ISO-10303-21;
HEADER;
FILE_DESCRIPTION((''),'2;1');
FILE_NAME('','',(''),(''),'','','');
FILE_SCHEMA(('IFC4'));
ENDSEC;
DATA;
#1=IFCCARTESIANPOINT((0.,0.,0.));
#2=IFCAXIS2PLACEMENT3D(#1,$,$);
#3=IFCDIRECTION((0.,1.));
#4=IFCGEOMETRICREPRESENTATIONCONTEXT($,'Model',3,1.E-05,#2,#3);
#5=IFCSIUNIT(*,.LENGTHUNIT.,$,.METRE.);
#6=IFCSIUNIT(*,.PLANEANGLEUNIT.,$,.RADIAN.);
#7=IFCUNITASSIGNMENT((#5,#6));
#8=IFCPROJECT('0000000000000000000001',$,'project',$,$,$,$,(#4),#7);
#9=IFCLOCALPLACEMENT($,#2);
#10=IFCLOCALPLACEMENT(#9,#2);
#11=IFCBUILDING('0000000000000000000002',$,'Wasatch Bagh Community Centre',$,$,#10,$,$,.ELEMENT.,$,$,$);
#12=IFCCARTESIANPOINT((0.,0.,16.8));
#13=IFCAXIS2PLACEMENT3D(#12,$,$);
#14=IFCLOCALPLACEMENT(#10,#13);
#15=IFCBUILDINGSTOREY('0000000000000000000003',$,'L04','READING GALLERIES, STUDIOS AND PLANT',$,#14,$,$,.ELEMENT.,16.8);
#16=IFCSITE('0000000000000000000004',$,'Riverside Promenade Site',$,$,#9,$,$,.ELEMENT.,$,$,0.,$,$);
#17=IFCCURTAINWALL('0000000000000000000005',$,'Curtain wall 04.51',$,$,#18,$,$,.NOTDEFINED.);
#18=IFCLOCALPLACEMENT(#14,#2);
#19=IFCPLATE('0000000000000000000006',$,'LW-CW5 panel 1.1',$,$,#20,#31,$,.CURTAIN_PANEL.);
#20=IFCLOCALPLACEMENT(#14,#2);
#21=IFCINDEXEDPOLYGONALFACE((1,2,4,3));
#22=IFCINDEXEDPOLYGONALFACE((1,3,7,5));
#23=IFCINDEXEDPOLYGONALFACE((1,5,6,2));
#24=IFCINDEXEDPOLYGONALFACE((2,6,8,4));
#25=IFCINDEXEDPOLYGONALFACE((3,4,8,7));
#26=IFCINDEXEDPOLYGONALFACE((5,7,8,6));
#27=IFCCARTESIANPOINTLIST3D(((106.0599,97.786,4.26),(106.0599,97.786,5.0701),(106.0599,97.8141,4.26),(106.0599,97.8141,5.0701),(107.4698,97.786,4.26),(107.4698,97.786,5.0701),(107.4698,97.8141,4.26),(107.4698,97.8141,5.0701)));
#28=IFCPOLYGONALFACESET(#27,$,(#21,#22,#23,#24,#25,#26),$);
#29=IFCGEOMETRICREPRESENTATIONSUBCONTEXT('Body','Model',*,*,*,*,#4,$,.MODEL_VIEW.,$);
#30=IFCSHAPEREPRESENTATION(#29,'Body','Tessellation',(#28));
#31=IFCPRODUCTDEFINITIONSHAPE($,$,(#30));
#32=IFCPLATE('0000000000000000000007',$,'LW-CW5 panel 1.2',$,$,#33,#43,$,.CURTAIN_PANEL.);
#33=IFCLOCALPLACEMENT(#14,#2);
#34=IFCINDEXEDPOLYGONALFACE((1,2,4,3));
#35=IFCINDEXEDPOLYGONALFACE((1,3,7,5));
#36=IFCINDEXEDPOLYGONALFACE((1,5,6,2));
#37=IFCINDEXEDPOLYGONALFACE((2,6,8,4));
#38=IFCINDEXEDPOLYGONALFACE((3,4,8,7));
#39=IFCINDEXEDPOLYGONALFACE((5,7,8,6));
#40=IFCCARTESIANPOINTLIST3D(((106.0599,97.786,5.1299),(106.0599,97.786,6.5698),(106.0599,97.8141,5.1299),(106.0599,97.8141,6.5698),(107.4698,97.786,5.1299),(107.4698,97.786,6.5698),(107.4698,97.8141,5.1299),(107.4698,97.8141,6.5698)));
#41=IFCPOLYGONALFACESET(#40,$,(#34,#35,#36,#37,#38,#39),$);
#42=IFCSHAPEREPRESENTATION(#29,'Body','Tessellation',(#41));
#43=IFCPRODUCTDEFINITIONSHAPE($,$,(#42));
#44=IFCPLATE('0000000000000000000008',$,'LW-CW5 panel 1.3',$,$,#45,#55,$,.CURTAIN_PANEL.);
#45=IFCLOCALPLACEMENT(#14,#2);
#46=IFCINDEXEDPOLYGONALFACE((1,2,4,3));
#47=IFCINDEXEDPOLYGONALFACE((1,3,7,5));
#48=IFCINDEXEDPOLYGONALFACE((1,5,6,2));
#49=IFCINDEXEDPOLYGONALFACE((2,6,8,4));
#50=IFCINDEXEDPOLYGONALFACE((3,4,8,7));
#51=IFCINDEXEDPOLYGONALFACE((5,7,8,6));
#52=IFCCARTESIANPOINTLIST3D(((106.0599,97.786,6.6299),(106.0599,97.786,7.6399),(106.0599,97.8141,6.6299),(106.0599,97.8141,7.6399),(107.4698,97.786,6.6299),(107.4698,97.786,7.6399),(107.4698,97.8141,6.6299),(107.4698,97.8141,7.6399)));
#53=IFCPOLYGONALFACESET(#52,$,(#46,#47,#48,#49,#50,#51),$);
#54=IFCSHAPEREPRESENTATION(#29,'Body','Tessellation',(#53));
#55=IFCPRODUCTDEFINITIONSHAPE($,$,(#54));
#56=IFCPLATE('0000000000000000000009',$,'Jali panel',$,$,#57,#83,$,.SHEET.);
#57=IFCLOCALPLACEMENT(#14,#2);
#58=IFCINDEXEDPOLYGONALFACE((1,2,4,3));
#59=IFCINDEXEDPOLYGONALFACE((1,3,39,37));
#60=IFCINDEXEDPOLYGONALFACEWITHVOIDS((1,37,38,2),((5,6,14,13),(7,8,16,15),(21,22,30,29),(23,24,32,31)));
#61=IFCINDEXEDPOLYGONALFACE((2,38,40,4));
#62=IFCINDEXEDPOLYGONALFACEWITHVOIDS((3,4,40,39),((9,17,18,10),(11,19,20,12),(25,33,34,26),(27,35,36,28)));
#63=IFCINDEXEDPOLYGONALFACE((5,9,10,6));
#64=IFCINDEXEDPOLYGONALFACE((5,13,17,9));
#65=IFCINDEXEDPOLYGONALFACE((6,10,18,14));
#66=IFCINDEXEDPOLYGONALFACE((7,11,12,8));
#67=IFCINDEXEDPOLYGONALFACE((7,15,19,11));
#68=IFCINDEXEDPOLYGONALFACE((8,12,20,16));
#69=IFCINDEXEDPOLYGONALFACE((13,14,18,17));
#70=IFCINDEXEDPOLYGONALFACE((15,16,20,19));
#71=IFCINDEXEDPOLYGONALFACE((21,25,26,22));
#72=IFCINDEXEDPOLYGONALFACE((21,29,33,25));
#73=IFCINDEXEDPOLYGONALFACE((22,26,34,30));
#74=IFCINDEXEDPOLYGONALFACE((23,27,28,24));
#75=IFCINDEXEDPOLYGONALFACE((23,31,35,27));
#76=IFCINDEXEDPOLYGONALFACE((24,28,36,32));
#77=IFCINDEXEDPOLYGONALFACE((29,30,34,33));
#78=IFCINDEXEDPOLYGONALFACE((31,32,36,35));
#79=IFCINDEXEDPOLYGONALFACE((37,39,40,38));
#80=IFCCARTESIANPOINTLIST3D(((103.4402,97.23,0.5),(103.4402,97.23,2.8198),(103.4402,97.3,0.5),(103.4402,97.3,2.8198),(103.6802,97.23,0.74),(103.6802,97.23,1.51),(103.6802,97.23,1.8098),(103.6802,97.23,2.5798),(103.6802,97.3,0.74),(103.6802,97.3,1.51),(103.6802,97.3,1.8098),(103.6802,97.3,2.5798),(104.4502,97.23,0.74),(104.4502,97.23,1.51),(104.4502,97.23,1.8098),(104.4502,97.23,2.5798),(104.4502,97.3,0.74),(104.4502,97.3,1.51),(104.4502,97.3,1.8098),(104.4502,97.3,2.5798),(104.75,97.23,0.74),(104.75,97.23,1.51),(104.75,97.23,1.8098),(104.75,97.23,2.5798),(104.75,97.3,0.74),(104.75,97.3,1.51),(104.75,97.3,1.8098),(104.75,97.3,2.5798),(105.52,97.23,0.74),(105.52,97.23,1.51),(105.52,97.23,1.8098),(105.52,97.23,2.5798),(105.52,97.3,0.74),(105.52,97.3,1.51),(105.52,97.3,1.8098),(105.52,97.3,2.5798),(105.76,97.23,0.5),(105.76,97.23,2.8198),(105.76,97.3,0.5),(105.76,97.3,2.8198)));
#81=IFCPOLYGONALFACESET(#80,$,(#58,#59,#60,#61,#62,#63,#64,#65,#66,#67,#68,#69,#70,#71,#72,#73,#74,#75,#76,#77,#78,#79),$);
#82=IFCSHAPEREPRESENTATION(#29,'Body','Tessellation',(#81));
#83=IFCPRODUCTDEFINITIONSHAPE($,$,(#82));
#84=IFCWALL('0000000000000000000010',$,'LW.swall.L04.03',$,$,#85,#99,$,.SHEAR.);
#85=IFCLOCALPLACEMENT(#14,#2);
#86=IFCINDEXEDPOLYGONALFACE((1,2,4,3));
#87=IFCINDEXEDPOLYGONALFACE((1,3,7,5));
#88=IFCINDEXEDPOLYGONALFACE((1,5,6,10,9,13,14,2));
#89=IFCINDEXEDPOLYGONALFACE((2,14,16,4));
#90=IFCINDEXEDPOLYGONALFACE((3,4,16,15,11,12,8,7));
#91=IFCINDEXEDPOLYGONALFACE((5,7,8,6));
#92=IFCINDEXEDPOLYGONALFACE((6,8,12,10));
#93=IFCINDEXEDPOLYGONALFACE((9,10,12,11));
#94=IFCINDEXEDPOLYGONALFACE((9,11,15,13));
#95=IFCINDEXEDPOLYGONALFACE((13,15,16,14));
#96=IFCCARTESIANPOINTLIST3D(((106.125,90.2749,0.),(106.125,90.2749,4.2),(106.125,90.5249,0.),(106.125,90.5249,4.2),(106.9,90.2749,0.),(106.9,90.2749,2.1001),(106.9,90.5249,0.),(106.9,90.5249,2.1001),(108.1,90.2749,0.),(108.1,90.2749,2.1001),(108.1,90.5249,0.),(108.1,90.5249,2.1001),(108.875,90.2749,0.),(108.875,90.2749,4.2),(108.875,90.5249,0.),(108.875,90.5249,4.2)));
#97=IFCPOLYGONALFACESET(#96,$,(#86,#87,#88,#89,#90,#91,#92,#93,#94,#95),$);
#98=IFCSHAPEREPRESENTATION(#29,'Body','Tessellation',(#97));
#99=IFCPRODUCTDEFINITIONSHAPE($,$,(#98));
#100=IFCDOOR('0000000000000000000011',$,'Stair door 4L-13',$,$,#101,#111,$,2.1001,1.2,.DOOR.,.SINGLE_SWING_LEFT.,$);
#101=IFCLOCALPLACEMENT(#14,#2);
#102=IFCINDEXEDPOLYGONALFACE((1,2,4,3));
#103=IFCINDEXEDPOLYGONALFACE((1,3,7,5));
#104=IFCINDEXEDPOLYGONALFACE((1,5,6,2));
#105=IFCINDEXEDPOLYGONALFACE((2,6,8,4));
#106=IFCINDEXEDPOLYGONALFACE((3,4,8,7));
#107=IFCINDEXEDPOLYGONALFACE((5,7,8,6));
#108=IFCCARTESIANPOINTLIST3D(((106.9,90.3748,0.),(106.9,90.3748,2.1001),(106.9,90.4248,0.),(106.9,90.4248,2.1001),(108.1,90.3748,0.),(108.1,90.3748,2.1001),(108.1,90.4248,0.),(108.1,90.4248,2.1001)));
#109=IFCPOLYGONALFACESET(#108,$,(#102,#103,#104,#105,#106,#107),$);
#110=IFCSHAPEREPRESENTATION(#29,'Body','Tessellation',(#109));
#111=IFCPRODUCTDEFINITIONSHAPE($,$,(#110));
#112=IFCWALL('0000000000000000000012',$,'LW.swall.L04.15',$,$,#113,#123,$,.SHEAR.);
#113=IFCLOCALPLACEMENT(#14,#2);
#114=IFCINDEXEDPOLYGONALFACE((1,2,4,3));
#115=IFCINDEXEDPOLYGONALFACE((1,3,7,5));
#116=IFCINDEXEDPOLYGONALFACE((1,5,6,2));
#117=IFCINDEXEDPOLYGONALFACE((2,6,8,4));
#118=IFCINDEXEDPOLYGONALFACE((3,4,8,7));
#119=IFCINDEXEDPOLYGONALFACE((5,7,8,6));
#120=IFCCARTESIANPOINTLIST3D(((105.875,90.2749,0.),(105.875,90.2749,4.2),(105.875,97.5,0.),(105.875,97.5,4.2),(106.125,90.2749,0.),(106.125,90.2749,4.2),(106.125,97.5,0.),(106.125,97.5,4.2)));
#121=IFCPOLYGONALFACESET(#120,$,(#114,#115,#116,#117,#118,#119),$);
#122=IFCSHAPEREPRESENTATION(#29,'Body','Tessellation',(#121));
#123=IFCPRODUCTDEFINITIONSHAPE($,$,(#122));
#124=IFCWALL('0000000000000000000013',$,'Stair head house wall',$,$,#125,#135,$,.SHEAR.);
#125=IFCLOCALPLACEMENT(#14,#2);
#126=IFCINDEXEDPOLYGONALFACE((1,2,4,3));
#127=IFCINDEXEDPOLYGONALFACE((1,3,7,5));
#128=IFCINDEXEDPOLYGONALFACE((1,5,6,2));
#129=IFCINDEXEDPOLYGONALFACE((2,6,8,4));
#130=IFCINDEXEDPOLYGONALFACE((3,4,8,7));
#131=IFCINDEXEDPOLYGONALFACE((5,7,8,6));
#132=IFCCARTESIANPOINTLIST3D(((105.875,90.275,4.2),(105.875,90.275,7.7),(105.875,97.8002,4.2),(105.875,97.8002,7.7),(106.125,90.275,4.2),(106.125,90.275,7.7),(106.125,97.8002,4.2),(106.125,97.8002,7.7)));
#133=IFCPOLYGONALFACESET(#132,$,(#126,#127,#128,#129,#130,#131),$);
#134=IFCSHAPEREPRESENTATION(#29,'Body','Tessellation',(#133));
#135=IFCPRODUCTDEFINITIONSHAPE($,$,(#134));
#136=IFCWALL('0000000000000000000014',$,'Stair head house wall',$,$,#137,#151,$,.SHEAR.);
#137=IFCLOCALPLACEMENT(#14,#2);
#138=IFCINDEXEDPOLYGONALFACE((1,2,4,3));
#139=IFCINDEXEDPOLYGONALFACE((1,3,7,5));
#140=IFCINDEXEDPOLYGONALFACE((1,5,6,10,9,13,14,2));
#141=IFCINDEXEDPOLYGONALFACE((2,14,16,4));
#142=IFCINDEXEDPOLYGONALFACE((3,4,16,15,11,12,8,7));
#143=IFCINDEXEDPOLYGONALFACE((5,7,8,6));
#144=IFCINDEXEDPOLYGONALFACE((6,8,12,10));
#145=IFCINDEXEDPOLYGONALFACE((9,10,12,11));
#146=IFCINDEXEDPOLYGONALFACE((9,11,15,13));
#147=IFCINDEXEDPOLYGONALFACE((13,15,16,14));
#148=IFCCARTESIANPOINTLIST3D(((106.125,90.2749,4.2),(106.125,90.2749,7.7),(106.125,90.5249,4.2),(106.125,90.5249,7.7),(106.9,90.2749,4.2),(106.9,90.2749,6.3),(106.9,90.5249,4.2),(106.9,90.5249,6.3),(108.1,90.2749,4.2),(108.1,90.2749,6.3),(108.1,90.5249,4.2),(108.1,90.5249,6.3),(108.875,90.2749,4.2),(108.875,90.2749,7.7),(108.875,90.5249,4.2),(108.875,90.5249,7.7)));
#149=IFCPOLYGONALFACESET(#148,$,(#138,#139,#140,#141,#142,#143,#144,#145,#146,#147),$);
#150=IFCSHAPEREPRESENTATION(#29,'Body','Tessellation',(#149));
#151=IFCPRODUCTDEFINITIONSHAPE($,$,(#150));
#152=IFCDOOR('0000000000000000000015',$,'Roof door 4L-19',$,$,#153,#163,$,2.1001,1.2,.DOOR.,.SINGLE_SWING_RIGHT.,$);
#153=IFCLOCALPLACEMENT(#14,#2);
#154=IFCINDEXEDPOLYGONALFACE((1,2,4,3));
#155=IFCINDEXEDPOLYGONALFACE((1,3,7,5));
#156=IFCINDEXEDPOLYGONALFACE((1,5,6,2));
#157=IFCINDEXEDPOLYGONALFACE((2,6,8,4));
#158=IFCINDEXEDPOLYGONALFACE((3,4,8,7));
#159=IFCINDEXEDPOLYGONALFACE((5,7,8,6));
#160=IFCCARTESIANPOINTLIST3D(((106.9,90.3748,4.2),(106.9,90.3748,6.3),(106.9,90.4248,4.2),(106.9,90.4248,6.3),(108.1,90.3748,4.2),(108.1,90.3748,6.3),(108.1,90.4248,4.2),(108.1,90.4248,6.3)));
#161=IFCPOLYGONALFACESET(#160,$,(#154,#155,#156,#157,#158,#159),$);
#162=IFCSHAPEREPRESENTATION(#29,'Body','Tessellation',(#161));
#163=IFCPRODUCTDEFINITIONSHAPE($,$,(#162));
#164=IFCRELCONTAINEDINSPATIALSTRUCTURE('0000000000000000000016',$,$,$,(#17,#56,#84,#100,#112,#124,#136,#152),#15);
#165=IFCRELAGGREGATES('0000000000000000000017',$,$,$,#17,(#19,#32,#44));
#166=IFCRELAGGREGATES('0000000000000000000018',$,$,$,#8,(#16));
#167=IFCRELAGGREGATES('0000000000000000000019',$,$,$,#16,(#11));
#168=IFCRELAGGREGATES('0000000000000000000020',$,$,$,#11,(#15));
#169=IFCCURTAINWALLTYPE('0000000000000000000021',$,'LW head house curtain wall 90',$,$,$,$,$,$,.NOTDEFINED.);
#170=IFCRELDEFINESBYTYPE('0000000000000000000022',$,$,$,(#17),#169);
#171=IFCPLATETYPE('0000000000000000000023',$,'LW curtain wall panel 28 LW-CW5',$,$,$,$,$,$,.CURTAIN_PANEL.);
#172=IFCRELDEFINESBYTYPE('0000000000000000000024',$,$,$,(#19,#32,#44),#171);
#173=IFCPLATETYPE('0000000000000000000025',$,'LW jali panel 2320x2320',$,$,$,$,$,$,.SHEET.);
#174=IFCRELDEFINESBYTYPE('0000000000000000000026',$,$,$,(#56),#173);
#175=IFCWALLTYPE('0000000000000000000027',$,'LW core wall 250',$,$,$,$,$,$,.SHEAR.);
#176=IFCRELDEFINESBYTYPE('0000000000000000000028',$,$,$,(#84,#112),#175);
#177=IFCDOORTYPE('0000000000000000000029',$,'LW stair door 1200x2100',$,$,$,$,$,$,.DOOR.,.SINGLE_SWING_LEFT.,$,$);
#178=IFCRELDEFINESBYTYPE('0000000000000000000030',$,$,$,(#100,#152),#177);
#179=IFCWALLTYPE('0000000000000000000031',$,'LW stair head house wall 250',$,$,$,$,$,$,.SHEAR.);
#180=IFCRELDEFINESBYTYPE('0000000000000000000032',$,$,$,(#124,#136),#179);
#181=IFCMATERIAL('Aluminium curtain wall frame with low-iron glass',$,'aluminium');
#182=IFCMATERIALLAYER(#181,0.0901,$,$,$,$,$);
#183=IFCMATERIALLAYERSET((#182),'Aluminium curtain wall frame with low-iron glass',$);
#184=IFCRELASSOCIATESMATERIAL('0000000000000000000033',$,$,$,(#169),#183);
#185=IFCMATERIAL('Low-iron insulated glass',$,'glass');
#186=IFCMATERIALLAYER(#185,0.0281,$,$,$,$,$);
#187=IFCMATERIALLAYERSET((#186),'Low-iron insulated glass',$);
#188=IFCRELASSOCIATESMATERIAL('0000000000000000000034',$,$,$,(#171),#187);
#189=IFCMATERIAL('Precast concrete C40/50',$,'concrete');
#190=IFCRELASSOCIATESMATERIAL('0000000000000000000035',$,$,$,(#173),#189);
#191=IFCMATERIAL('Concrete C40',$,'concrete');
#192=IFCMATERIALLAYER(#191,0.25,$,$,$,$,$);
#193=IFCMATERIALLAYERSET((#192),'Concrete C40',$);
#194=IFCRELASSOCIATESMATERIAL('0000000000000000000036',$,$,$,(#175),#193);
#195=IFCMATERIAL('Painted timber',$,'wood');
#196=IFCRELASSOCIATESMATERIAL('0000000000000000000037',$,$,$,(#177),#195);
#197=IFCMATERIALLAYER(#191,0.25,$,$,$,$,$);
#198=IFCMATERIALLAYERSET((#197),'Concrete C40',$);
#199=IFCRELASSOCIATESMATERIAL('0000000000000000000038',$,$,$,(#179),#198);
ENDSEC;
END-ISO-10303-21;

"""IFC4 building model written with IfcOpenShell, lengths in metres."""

from ifc_helpers import new_model, si_unit, direction, frame, frame_2d, origin, origin_2d, place, context, subcontext, project, spatial, polyline, rectangle, outline, extrude, material, layer, layer_set, material_profile, profile_set, type_object, element, fill, aggregate, save


model = new_model("IFC4")

# Units and contexts
model_context = context("Model", 3, precision=1e-05, world=origin(), true_north=direction((0.0, 1.0)))
body_context = subcontext(model_context, "Body", "Model", "MODEL_VIEW")
ifc_project = project(units=[si_unit("LENGTHUNIT", "METRE"), si_unit("PLANEANGLEUNIT", "RADIAN")], contexts=[model_context])

# Site, building, storey
site_placement = place(None, origin())
site = spatial("IfcSite", under=ifc_project, at=site_placement, Name="Riverside Promenade Site", CompositionType="ELEMENT", RefElevation=0.0)
building_placement = place(site_placement, origin())
building = spatial("IfcBuilding", under=site, at=building_placement, Name="Wasatch Bagh Community Centre", CompositionType="ELEMENT")
storey_placement = place(building_placement, frame((0.0, 0.0, 16.8)))
storey = spatial("IfcBuildingStorey", under=building, at=storey_placement, Name="L04", Description="READING GALLERIES, STUDIOS AND PLANT", CompositionType="ELEMENT", Elevation=16.8)

# Shared definitions
ifc_material_1 = material(Name="Concrete C40", Category="concrete")

# Curtain wall
ifc_material_2 = material(Name="Aluminium curtain wall frame with low-iron glass", Category="aluminium")
ifc_layer_1 = layer(ifc_material_2, 0.0901)
ifc_layer_set_1 = layer_set([ifc_layer_1], Name="Aluminium curtain wall frame with low-iron glass")
curtain_wall_type_1 = type_object("IfcCurtainWallType", Name="LW head house curtain wall 90", PredefinedType="NOTDEFINED", material=ifc_layer_set_1)
curtain_wall_1_placement = place(storey_placement, origin())
curtain_wall_1 = element("IfcCurtainWall", 1, at=curtain_wall_1_placement, inside=storey, type_object=curtain_wall_type_1, Name="Curtain wall 04.51", PredefinedType="NOTDEFINED")

# Plates
ifc_material_3 = material(Name="Low-iron insulated glass", Category="glass")
ifc_layer_2 = layer(ifc_material_3, 0.0281)
ifc_layer_set_2 = layer_set([ifc_layer_2], Name="Low-iron insulated glass")
plate_type_1 = type_object("IfcPlateType", Name="LW curtain wall panel 28 LW-CW5", PredefinedType="CURTAIN_PANEL", material=ifc_layer_set_2)
plate_1_placement = place(storey_placement, frame((106.7649, 97.8, 4.26), z_axis=(0.0, 0.0, 1.0), x_axis=(1.0, 0.0, 0.0)))
plate_1 = element("IfcPlate", 2, at=plate_1_placement, type_object=plate_type_1, Name="LW-CW5 panel 1.1", PredefinedType="CURTAIN_PANEL", context=body_context, shape_type="SweptSolid", body=[
    extrude(rectangle(XDim=1.4099, YDim=0.0281, at=origin_2d()), origin(), (0.0, 0.0, 1.0), 0.8101),
])
plate_2_placement = place(storey_placement, frame((106.7649, 97.8, 5.1299), z_axis=(0.0, 0.0, 1.0), x_axis=(1.0, 0.0, 0.0)))
plate_2 = element("IfcPlate", 3, at=plate_2_placement, type_object=plate_type_1, Name="LW-CW5 panel 1.2", PredefinedType="CURTAIN_PANEL", context=body_context, shape_type="SweptSolid", body=[
    extrude(rectangle(XDim=1.4099, YDim=0.0281, at=origin_2d()), origin(), (0.0, 0.0, 1.0), 1.4399),
])
plate_3_placement = place(storey_placement, frame((106.7649, 97.8, 6.6299), z_axis=(0.0, 0.0, 1.0), x_axis=(1.0, 0.0, 0.0)))
plate_3 = element("IfcPlate", 4, at=plate_3_placement, type_object=plate_type_1, Name="LW-CW5 panel 1.3", PredefinedType="CURTAIN_PANEL", context=body_context, shape_type="SweptSolid", body=[
    extrude(rectangle(XDim=1.4099, YDim=0.0281, at=origin_2d()), origin(), (0.0, 0.0, 1.0), 1.01),
])
aggregate(curtain_wall_1, [plate_1, plate_2, plate_3])
ifc_material_4 = material(Name="Precast concrete C40/50", Category="concrete")
ifc_material_profile_1 = material_profile(ifc_material_4, outline(polyline([(-1.1599, -1.1599), (1.1599, -1.1599), (1.1599, 1.1599), (-1.1599, 1.1599), (-1.1599, -1.1599)]), holes=[polyline([(-0.9199, -0.9199), (-0.1499, -0.9199), (-0.1499, -0.1499), (-0.9199, -0.1499), (-0.9199, -0.9199)]), polyline([(-0.9199, 0.1499), (-0.1499, 0.1499), (-0.1499, 0.9199), (-0.9199, 0.9199), (-0.9199, 0.1499)]), polyline([(0.1499, -0.9199), (0.9199, -0.9199), (0.9199, -0.1499), (0.1499, -0.1499), (0.1499, -0.9199)]), polyline([(0.1499, 0.1499), (0.9199, 0.1499), (0.9199, 0.9199), (0.1499, 0.9199), (0.1499, 0.1499)])]), Name="Jali lattice")
ifc_profile_set_1 = profile_set([ifc_material_profile_1], Name="Precast concrete C40/50")
plate_type_2 = type_object("IfcPlateType", Name="LW jali panel 2320x2320", PredefinedType="SHEET", material=ifc_profile_set_1)
plate_4_placement = place(storey_placement, frame((104.6001, 97.3, 1.6599), z_axis=(0.0, -1.0, 0.0), x_axis=(1.0, 0.0, 0.0)))
element("IfcPlate", 5, at=plate_4_placement, inside=storey, type_object=plate_type_2, Name="Jali panel", PredefinedType="SHEET", context=body_context, shape_type="SweptSolid", body=[
    extrude(outline(polyline([(-1.1599, -1.1599), (1.1599, -1.1599), (1.1599, 1.1599), (-1.1599, 1.1599), (-1.1599, -1.1599)]), holes=[polyline([(-0.9199, -0.9199), (-0.1499, -0.9199), (-0.1499, -0.1499), (-0.9199, -0.1499), (-0.9199, -0.9199)]), polyline([(-0.9199, 0.1499), (-0.1499, 0.1499), (-0.1499, 0.9199), (-0.9199, 0.9199), (-0.9199, 0.1499)]), polyline([(0.1499, -0.9199), (0.9199, -0.9199), (0.9199, -0.1499), (0.1499, -0.1499), (0.1499, -0.9199)]), polyline([(0.1499, 0.1499), (0.9199, 0.1499), (0.9199, 0.9199), (0.1499, 0.9199), (0.1499, 0.1499)])]), origin(), (0.0, 0.0, 1.0), 0.0701),
])

# Wall, opening, door
ifc_layer_3 = layer(ifc_material_1, 0.25)
ifc_layer_set_3 = layer_set([ifc_layer_3], Name="Concrete C40")
wall_type_1 = type_object("IfcWallType", Name="LW core wall 250", PredefinedType="SHEAR", material=ifc_layer_set_3)
wall_1_placement = place(storey_placement, frame((106.125, 90.3999, 0.0), z_axis=(0.0, 0.0, 1.0), x_axis=(1.0, 0.0, 0.0)))
wall_1 = element("IfcWall", 6, at=wall_1_placement, inside=storey, type_object=wall_type_1, Name="LW.swall.L04.03", PredefinedType="SHEAR", context=body_context, shape_type="SweptSolid", body=[
    extrude(rectangle(XDim=2.75, YDim=0.25, at=frame_2d((1.375, 0.0))), origin(), (0.0, 0.0, 1.0), 4.2),
])
opening_1_placement = place(wall_1_placement, frame((0.7749, 0.0, 0.0)))
opening_1 = element("IfcOpeningElement", 7, at=opening_1_placement, cuts=wall_1, PredefinedType="OPENING", context=body_context, shape_type="SweptSolid", body=[
    extrude(rectangle(XDim=1.2, YDim=2.1001, at=frame_2d((0.6001, 1.05))), frame((0.0, 0.135, 0.0), z_axis=(0.0, -1.0, 0.0), x_axis=(1.0, 0.0, 0.0)), (0.0, 0.0, 1.0), 0.27),
])
ifc_material_5 = material(Name="Painted timber", Category="wood")
door_type = type_object("IfcDoorType", Name="LW stair door 1200x2100", OperationType="SINGLE_SWING_LEFT", PredefinedType="DOOR", material=ifc_material_5)
door_1_placement = place(opening_1_placement, origin())
door_1 = element("IfcDoor", 8, at=door_1_placement, inside=storey, type_object=door_type, Name="Stair door 4L-13", OperationType="SINGLE_SWING_LEFT", OverallHeight=2.1001, OverallWidth=1.2, PredefinedType="DOOR", context=body_context, shape_type="SweptSolid", body=[
    extrude(rectangle(XDim=1.2, YDim=2.1001, at=frame_2d((0.6001, 1.05))), frame((0.0, 0.0249, 0.0), z_axis=(0.0, -1.0, 0.0), x_axis=(1.0, 0.0, 0.0)), (0.0, 0.0, 1.0), 0.05),
])
fill(opening_1, door_1)

# Walls
wall_2_placement = place(storey_placement, frame((106.0, 90.2749, 0.0), z_axis=(0.0, 0.0, 1.0), x_axis=(0.0, 1.0, 0.0)))
element("IfcWall", 9, at=wall_2_placement, inside=storey, type_object=wall_type_1, Name="LW.swall.L04.15", PredefinedType="SHEAR", context=body_context, shape_type="SweptSolid", body=[
    extrude(rectangle(XDim=7.2251, YDim=0.25, at=frame_2d((3.6125, 0.0))), origin(), (0.0, 0.0, 1.0), 4.2),
])
ifc_layer_4 = layer(ifc_material_1, 0.25)
ifc_layer_set_4 = layer_set([ifc_layer_4], Name="Concrete C40")
wall_type_2 = type_object("IfcWallType", Name="LW stair head house wall 250", PredefinedType="SHEAR", material=ifc_layer_set_4)
wall_3_placement = place(storey_placement, frame((106.0, 90.2749, 4.2), z_axis=(0.0, 0.0, 1.0), x_axis=(0.0, 1.0, 0.0)))
element("IfcWall", 10, at=wall_3_placement, inside=storey, type_object=wall_type_2, Name="Stair head house wall", PredefinedType="SHEAR", context=body_context, shape_type="SweptSolid", body=[
    extrude(rectangle(XDim=7.5251, YDim=0.25, at=frame_2d((3.7627, 0.0))), origin(), (0.0, 0.0, 1.0), 3.5),
])

# Wall, opening, door
wall_4_placement = place(storey_placement, frame((106.125, 90.3999, 4.2), z_axis=(0.0, 0.0, 1.0), x_axis=(1.0, 0.0, 0.0)))
wall_4 = element("IfcWall", 11, at=wall_4_placement, inside=storey, type_object=wall_type_2, Name="Stair head house wall", PredefinedType="SHEAR", context=body_context, shape_type="SweptSolid", body=[
    extrude(rectangle(XDim=2.75, YDim=0.25, at=frame_2d((1.375, 0.0))), origin(), (0.0, 0.0, 1.0), 3.5),
])
opening_2_placement = place(wall_4_placement, frame((0.7749, 0.0, 0.0)))
opening_2 = element("IfcOpeningElement", 12, at=opening_2_placement, cuts=wall_4, PredefinedType="OPENING", context=body_context, shape_type="SweptSolid", body=[
    extrude(rectangle(XDim=1.2, YDim=2.1001, at=frame_2d((0.6001, 1.05))), frame((0.0, 0.135, 0.0), z_axis=(0.0, -1.0, 0.0), x_axis=(1.0, 0.0, 0.0)), (0.0, 0.0, 1.0), 0.27),
])
door_2_placement = place(opening_2_placement, origin())
door_2 = element("IfcDoor", 13, at=door_2_placement, inside=storey, type_object=door_type, Name="Roof door 4L-19", OperationType="SINGLE_SWING_RIGHT", OverallHeight=2.1001, OverallWidth=1.2, PredefinedType="DOOR", context=body_context, shape_type="SweptSolid", body=[
    extrude(rectangle(XDim=1.2, YDim=2.1001, at=frame_2d((0.6001, 1.05))), frame((0.0, 0.0249, 0.0), z_axis=(0.0, -1.0, 0.0), x_axis=(1.0, 0.0, 0.0)), (0.0, 0.0, 1.0), 0.05),
])
fill(opening_2, door_2)

save(model, "model.ifc")
